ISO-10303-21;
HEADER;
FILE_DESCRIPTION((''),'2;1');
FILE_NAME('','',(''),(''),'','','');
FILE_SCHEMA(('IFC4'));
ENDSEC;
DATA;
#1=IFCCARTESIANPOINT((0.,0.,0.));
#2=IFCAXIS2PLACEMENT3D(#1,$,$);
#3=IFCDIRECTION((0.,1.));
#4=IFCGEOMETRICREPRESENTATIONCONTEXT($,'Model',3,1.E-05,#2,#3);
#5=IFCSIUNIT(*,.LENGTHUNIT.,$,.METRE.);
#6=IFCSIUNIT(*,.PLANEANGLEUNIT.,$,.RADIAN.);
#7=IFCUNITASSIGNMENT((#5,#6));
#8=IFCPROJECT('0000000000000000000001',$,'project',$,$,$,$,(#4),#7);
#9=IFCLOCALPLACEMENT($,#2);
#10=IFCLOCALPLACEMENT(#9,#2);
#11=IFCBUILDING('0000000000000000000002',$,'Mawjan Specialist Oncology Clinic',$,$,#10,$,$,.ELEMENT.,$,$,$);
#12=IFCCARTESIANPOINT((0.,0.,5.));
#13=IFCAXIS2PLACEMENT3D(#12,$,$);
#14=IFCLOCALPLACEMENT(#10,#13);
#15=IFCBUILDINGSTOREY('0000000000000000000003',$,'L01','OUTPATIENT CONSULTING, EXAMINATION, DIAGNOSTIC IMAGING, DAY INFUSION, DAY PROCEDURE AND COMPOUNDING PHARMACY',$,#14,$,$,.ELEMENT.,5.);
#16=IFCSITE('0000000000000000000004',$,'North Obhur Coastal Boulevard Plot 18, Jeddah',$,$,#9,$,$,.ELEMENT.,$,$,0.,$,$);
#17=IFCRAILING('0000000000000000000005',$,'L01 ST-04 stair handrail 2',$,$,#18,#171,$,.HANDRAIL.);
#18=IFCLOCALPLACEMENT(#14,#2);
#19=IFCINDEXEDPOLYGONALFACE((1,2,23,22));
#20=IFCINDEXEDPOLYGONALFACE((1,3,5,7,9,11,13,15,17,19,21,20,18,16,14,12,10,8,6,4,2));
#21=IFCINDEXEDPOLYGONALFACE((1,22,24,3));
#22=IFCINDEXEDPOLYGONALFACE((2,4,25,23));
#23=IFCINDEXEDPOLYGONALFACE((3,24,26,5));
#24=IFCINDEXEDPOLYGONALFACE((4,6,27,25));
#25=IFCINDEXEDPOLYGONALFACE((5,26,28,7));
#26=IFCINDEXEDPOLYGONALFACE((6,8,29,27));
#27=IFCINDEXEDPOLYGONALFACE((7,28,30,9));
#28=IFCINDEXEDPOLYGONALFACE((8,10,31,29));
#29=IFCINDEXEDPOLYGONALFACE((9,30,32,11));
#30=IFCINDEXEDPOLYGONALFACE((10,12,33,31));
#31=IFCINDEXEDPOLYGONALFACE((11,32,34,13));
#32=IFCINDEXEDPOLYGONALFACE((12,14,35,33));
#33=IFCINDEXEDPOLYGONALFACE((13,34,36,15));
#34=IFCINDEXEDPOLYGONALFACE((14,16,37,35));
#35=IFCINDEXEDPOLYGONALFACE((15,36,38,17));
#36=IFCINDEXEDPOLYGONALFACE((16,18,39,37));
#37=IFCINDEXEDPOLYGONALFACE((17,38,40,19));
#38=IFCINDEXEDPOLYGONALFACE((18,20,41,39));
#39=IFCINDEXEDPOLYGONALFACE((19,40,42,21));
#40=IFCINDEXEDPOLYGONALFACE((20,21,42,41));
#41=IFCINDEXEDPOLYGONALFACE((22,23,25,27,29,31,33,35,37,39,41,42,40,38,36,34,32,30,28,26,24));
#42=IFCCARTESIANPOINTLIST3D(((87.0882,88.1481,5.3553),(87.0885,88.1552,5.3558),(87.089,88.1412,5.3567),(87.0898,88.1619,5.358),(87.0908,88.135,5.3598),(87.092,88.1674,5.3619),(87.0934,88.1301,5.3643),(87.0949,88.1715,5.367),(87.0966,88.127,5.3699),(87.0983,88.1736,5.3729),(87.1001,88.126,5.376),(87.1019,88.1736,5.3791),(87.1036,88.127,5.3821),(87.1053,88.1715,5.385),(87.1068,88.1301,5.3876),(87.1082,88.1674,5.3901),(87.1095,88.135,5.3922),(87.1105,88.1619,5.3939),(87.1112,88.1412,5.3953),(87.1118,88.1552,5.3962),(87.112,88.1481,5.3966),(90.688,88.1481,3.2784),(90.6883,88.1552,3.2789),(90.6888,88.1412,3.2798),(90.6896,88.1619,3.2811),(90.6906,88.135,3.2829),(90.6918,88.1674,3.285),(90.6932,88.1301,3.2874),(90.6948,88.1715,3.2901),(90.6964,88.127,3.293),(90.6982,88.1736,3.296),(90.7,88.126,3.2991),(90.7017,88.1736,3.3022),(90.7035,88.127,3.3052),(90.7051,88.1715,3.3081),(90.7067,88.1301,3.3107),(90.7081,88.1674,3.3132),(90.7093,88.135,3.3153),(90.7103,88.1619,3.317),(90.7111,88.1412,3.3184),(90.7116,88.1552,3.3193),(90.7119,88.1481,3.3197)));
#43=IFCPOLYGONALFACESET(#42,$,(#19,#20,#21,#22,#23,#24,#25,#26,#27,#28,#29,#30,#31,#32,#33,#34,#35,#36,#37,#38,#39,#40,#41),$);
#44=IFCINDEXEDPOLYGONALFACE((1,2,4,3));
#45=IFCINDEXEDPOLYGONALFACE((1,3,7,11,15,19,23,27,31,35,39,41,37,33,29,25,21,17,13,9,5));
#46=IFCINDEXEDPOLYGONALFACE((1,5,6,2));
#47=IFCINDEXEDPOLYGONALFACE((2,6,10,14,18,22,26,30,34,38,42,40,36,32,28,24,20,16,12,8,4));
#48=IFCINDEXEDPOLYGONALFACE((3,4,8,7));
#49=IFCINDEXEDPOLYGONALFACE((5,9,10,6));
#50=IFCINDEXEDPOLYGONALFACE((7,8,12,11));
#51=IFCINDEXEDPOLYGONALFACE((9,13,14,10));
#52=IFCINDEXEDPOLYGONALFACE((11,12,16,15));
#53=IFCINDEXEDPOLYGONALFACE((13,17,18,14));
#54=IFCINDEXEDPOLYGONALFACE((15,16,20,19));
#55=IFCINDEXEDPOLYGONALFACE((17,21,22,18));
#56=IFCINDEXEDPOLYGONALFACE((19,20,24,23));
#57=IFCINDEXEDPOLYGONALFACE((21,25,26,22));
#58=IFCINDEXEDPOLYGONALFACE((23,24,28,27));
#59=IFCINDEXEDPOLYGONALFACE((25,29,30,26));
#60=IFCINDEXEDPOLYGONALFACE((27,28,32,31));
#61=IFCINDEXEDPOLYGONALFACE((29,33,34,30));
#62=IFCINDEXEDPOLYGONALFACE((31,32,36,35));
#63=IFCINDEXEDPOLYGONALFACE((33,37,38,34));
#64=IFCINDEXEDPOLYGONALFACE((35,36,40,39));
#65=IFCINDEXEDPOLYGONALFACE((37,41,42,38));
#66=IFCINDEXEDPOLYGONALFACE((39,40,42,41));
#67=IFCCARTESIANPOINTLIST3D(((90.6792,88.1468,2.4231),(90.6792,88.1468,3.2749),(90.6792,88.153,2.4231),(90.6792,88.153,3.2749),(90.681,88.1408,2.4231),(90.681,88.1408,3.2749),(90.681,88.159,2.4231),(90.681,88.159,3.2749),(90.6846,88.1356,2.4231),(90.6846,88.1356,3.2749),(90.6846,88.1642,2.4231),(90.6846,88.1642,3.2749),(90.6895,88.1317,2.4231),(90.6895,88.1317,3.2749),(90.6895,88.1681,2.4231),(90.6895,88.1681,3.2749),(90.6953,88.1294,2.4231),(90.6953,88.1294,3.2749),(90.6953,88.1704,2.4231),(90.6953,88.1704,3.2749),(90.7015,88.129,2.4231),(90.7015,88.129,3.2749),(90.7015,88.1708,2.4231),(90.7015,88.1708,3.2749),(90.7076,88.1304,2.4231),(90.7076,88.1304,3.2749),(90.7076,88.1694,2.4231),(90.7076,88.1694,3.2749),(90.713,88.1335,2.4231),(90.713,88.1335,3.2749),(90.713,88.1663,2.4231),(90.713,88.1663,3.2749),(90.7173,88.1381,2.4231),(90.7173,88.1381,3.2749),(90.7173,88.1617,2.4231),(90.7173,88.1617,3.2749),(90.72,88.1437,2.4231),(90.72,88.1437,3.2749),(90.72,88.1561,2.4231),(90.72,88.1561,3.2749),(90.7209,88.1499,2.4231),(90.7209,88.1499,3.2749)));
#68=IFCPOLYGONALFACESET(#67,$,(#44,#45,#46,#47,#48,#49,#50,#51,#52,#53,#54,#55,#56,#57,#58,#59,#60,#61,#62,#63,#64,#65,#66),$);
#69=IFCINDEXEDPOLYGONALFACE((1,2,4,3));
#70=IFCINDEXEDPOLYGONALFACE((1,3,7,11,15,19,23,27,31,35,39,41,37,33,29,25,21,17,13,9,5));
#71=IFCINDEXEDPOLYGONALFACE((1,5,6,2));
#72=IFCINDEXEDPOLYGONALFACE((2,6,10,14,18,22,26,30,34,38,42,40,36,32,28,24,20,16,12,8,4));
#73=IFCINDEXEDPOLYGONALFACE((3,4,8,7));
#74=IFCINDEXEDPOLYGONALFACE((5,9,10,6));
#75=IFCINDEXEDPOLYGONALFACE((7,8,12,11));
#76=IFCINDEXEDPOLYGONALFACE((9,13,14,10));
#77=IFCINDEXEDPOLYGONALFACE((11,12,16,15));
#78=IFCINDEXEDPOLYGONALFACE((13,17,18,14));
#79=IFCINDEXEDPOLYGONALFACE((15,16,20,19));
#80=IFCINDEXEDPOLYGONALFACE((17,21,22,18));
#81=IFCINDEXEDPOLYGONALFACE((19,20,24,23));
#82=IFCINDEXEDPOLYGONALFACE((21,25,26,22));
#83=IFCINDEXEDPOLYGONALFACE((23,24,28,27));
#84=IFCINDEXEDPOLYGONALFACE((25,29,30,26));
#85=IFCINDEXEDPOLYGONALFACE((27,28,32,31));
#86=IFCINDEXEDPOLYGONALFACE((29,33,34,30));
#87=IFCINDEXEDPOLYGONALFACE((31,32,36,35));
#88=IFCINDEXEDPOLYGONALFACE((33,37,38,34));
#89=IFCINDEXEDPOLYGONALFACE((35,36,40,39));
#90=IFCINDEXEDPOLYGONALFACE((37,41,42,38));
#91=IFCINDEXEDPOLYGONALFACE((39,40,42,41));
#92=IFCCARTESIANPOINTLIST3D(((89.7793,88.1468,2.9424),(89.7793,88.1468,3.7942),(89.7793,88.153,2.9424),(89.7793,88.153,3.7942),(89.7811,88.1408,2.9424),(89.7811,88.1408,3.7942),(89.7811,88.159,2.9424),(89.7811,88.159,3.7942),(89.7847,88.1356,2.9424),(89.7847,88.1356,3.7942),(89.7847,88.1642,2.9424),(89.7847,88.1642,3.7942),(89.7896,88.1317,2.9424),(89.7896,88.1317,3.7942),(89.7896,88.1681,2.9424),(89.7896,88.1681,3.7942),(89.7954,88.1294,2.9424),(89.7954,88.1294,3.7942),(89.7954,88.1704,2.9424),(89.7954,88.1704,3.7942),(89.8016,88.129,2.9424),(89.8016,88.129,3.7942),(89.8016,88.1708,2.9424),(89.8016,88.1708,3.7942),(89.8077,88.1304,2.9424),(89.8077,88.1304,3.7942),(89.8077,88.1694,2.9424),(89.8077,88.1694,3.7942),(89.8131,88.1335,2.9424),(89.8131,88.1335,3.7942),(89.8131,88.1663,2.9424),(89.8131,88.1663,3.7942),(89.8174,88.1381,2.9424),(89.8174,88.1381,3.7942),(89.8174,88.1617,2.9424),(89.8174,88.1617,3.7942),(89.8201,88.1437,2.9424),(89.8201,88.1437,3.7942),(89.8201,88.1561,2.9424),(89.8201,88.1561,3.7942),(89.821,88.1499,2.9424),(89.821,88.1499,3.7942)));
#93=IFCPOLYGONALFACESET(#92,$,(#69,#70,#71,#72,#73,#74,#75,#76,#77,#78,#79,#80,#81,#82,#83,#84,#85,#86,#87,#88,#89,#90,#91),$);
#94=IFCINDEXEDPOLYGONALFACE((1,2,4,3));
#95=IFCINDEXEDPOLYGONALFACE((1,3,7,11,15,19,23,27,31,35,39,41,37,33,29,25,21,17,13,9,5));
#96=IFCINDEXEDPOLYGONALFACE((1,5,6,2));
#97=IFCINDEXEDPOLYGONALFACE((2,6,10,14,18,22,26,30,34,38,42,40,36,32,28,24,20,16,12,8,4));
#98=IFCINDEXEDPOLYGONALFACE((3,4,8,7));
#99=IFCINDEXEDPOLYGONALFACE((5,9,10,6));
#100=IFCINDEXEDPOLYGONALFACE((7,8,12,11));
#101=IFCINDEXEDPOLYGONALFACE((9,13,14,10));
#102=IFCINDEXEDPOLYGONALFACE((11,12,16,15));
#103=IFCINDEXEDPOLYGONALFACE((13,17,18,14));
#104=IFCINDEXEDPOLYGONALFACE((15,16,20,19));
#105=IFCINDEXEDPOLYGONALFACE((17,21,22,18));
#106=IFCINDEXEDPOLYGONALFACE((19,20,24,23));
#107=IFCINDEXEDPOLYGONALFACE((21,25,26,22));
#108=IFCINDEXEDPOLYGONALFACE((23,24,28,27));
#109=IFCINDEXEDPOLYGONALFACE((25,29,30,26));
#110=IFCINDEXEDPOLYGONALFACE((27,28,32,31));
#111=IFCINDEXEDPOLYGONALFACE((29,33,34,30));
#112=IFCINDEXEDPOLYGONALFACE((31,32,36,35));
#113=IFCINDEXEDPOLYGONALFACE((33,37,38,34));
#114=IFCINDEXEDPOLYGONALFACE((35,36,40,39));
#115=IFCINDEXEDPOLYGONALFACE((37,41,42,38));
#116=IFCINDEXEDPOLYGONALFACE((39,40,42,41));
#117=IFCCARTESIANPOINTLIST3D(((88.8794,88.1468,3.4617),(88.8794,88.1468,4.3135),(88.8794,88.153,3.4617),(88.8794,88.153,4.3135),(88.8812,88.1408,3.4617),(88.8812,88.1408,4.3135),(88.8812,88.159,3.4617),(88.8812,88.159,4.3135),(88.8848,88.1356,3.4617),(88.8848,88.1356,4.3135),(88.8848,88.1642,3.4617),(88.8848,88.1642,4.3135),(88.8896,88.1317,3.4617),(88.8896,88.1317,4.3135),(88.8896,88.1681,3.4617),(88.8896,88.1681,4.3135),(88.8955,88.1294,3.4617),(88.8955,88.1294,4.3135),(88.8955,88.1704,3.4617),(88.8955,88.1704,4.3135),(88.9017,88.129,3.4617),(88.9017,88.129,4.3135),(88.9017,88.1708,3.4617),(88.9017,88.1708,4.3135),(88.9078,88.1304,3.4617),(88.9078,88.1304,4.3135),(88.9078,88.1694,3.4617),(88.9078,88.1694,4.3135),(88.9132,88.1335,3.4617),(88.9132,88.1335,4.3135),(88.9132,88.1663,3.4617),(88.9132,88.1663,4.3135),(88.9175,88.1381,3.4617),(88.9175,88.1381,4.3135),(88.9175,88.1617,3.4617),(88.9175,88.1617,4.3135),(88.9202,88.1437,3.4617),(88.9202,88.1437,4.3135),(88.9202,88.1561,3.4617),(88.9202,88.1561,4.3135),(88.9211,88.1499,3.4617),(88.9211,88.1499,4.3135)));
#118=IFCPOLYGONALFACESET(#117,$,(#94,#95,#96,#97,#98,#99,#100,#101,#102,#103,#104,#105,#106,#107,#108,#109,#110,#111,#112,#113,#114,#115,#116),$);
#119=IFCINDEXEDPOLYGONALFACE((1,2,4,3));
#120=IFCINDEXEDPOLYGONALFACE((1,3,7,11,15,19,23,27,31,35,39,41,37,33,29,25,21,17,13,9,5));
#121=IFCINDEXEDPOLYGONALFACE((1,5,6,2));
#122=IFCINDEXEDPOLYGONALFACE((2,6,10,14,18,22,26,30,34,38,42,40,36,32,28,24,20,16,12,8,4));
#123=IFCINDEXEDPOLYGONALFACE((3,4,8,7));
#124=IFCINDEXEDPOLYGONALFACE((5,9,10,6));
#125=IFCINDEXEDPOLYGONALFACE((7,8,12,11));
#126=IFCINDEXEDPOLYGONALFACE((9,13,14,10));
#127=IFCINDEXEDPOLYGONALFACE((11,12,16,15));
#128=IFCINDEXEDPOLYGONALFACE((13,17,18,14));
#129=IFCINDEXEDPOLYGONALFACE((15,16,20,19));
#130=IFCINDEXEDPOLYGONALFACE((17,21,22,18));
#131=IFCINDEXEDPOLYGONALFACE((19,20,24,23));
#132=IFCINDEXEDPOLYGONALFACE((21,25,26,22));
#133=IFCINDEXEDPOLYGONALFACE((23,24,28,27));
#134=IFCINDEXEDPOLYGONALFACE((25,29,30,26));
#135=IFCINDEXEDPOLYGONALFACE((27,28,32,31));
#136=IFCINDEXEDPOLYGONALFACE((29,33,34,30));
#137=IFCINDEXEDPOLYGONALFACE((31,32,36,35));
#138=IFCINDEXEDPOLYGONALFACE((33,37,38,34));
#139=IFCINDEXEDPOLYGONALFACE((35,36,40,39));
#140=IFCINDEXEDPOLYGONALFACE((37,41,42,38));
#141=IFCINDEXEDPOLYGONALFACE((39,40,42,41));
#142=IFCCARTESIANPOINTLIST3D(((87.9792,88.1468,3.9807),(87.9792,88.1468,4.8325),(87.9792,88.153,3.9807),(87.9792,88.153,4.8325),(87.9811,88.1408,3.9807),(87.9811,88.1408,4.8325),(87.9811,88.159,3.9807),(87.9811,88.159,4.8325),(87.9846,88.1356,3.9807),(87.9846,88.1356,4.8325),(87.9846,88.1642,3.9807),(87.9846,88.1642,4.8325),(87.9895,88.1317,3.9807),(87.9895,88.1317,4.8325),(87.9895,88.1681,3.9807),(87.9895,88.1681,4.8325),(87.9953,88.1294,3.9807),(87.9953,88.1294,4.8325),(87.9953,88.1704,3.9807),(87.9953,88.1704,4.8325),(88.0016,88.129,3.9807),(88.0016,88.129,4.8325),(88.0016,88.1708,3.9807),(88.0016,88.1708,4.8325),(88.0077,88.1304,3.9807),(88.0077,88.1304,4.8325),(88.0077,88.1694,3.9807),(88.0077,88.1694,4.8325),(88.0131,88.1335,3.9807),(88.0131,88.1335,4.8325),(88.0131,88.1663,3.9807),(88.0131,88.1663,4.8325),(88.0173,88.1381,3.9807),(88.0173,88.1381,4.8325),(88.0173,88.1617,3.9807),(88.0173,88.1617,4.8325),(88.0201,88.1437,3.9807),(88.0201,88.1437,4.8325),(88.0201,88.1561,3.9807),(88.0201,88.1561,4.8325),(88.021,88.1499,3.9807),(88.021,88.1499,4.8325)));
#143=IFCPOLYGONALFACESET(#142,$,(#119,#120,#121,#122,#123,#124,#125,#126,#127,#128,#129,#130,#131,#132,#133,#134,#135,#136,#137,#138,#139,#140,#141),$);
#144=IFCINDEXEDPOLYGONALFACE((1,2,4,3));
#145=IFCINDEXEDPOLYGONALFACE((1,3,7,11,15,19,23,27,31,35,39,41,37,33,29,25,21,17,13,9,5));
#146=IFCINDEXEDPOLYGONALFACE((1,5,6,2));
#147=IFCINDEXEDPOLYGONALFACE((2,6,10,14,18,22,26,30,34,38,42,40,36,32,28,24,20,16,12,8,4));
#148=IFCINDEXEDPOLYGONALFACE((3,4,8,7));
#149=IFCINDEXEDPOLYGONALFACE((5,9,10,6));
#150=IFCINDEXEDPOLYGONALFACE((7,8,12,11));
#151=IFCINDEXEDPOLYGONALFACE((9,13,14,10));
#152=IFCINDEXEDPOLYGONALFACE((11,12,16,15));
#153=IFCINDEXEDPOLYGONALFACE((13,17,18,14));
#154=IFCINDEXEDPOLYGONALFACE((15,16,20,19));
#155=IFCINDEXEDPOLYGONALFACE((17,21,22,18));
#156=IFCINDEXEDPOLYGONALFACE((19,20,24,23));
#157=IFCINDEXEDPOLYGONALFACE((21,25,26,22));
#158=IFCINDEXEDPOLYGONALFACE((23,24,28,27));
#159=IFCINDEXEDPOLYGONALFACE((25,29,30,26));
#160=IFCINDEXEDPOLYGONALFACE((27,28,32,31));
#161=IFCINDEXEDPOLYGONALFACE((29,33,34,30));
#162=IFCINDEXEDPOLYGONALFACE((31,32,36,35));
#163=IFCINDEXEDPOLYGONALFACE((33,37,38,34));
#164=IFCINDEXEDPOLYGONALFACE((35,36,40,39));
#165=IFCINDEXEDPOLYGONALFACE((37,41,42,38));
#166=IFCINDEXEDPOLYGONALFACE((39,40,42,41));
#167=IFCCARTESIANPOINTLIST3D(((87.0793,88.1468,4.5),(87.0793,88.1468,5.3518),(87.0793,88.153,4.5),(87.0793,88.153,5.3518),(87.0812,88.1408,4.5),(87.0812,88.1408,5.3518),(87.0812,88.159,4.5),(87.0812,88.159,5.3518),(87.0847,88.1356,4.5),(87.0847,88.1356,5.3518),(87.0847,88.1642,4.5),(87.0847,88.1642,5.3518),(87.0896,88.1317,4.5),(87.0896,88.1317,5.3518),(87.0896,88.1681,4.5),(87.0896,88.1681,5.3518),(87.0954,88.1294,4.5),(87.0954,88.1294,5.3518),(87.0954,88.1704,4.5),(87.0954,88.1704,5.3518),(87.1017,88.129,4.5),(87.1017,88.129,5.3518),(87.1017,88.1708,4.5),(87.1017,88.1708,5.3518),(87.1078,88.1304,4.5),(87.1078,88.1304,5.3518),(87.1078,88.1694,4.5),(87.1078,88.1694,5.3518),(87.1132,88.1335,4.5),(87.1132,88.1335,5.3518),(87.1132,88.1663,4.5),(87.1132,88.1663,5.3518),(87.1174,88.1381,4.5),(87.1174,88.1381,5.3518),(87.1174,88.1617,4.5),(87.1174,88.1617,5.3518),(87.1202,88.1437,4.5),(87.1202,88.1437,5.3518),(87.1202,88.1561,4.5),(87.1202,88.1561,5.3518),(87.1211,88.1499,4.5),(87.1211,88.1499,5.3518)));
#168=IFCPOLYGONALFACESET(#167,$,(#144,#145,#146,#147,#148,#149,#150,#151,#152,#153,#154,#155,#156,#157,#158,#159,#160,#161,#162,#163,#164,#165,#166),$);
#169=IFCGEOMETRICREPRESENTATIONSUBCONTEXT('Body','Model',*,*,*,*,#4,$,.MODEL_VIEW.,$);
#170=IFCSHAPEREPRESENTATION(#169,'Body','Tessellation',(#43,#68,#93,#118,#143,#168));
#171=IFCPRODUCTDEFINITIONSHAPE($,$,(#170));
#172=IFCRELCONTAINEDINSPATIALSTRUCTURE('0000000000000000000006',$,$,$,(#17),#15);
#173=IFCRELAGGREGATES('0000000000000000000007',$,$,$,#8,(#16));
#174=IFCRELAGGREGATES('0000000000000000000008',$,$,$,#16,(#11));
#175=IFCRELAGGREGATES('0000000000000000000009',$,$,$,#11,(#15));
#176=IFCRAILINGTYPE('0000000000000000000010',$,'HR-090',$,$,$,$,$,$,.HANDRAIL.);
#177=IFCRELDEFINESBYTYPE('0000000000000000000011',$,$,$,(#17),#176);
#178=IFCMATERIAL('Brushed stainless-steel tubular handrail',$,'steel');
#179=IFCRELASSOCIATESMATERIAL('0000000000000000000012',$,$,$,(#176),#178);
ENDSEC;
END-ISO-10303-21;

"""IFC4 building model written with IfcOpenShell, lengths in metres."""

from ifc_helpers import new_model, si_unit, direction, frame, origin, origin_2d, place, context, subcontext, project, spatial, circle, extrude, material, type_object, element, save


model = new_model("IFC4")

# Units and contexts
model_context = context("Model", 3, precision=1e-05, world=origin(), true_north=direction((0.0, 1.0)))
body_context = subcontext(model_context, "Body", "Model", "MODEL_VIEW")
ifc_project = project(units=[si_unit("LENGTHUNIT", "METRE"), si_unit("PLANEANGLEUNIT", "RADIAN")], contexts=[model_context])

# Site, building, storey
site_placement = place(None, origin())
site = spatial("IfcSite", under=ifc_project, at=site_placement, Name="North Obhur Coastal Boulevard Plot 18, Jeddah", CompositionType="ELEMENT", RefElevation=0.0)
building_placement = place(site_placement, origin())
building = spatial("IfcBuilding", under=site, at=building_placement, Name="Mawjan Specialist Oncology Clinic", CompositionType="ELEMENT")
storey_placement = place(building_placement, frame((0.0, 0.0, 5.0)))
storey = spatial("IfcBuildingStorey", under=building, at=storey_placement, Name="L01", Description="OUTPATIENT CONSULTING, EXAMINATION, DIAGNOSTIC IMAGING, DAY INFUSION, DAY PROCEDURE AND COMPOUNDING PHARMACY", CompositionType="ELEMENT", Elevation=5.0)

# Railing
ifc_material_1 = material(Name="Brushed stainless-steel tubular handrail", Category="steel")
railing_type_1 = type_object("IfcRailingType", Name="HR-090", PredefinedType="HANDRAIL", material=ifc_material_1)
railing_1_placement = place(storey_placement, frame((90.7, 88.1499, 2.4231)))
element("IfcRailing", 1, at=railing_1_placement, inside=storey, type_object=railing_type_1, Name="L01 ST-04 stair handrail 2", PredefinedType="HANDRAIL", context=body_context, shape_type="SweptSolid", body=[
    extrude(circle(Radius=0.0239, at=origin_2d()), frame((0.0, 0.0, 0.876), z_axis=(-0.866179, 0.0, 0.499734), x_axis=(0.0, -1.0, 0.0)), (0.0, 0.0, 1.0), 4.156),
    extrude(circle(Radius=0.021, at=origin_2d()), origin(), (0.0, 0.0, 1.0), 0.8518),
    extrude(circle(Radius=0.021, at=origin_2d()), frame((-0.8999, 0.0, 0.5193)), (0.0, 0.0, 1.0), 0.8518),
    extrude(circle(Radius=0.021, at=origin_2d()), frame((-1.7998, 0.0, 1.0386)), (0.0, 0.0, 1.0), 0.8518),
    extrude(circle(Radius=0.021, at=origin_2d()), frame((-2.7, 0.0, 1.5576)), (0.0, 0.0, 1.0), 0.8518),
    extrude(circle(Radius=0.021, at=origin_2d()), frame((-3.5999, 0.0, 2.0769)), (0.0, 0.0, 1.0), 0.8518),
])

save(model, "model.ifc")
